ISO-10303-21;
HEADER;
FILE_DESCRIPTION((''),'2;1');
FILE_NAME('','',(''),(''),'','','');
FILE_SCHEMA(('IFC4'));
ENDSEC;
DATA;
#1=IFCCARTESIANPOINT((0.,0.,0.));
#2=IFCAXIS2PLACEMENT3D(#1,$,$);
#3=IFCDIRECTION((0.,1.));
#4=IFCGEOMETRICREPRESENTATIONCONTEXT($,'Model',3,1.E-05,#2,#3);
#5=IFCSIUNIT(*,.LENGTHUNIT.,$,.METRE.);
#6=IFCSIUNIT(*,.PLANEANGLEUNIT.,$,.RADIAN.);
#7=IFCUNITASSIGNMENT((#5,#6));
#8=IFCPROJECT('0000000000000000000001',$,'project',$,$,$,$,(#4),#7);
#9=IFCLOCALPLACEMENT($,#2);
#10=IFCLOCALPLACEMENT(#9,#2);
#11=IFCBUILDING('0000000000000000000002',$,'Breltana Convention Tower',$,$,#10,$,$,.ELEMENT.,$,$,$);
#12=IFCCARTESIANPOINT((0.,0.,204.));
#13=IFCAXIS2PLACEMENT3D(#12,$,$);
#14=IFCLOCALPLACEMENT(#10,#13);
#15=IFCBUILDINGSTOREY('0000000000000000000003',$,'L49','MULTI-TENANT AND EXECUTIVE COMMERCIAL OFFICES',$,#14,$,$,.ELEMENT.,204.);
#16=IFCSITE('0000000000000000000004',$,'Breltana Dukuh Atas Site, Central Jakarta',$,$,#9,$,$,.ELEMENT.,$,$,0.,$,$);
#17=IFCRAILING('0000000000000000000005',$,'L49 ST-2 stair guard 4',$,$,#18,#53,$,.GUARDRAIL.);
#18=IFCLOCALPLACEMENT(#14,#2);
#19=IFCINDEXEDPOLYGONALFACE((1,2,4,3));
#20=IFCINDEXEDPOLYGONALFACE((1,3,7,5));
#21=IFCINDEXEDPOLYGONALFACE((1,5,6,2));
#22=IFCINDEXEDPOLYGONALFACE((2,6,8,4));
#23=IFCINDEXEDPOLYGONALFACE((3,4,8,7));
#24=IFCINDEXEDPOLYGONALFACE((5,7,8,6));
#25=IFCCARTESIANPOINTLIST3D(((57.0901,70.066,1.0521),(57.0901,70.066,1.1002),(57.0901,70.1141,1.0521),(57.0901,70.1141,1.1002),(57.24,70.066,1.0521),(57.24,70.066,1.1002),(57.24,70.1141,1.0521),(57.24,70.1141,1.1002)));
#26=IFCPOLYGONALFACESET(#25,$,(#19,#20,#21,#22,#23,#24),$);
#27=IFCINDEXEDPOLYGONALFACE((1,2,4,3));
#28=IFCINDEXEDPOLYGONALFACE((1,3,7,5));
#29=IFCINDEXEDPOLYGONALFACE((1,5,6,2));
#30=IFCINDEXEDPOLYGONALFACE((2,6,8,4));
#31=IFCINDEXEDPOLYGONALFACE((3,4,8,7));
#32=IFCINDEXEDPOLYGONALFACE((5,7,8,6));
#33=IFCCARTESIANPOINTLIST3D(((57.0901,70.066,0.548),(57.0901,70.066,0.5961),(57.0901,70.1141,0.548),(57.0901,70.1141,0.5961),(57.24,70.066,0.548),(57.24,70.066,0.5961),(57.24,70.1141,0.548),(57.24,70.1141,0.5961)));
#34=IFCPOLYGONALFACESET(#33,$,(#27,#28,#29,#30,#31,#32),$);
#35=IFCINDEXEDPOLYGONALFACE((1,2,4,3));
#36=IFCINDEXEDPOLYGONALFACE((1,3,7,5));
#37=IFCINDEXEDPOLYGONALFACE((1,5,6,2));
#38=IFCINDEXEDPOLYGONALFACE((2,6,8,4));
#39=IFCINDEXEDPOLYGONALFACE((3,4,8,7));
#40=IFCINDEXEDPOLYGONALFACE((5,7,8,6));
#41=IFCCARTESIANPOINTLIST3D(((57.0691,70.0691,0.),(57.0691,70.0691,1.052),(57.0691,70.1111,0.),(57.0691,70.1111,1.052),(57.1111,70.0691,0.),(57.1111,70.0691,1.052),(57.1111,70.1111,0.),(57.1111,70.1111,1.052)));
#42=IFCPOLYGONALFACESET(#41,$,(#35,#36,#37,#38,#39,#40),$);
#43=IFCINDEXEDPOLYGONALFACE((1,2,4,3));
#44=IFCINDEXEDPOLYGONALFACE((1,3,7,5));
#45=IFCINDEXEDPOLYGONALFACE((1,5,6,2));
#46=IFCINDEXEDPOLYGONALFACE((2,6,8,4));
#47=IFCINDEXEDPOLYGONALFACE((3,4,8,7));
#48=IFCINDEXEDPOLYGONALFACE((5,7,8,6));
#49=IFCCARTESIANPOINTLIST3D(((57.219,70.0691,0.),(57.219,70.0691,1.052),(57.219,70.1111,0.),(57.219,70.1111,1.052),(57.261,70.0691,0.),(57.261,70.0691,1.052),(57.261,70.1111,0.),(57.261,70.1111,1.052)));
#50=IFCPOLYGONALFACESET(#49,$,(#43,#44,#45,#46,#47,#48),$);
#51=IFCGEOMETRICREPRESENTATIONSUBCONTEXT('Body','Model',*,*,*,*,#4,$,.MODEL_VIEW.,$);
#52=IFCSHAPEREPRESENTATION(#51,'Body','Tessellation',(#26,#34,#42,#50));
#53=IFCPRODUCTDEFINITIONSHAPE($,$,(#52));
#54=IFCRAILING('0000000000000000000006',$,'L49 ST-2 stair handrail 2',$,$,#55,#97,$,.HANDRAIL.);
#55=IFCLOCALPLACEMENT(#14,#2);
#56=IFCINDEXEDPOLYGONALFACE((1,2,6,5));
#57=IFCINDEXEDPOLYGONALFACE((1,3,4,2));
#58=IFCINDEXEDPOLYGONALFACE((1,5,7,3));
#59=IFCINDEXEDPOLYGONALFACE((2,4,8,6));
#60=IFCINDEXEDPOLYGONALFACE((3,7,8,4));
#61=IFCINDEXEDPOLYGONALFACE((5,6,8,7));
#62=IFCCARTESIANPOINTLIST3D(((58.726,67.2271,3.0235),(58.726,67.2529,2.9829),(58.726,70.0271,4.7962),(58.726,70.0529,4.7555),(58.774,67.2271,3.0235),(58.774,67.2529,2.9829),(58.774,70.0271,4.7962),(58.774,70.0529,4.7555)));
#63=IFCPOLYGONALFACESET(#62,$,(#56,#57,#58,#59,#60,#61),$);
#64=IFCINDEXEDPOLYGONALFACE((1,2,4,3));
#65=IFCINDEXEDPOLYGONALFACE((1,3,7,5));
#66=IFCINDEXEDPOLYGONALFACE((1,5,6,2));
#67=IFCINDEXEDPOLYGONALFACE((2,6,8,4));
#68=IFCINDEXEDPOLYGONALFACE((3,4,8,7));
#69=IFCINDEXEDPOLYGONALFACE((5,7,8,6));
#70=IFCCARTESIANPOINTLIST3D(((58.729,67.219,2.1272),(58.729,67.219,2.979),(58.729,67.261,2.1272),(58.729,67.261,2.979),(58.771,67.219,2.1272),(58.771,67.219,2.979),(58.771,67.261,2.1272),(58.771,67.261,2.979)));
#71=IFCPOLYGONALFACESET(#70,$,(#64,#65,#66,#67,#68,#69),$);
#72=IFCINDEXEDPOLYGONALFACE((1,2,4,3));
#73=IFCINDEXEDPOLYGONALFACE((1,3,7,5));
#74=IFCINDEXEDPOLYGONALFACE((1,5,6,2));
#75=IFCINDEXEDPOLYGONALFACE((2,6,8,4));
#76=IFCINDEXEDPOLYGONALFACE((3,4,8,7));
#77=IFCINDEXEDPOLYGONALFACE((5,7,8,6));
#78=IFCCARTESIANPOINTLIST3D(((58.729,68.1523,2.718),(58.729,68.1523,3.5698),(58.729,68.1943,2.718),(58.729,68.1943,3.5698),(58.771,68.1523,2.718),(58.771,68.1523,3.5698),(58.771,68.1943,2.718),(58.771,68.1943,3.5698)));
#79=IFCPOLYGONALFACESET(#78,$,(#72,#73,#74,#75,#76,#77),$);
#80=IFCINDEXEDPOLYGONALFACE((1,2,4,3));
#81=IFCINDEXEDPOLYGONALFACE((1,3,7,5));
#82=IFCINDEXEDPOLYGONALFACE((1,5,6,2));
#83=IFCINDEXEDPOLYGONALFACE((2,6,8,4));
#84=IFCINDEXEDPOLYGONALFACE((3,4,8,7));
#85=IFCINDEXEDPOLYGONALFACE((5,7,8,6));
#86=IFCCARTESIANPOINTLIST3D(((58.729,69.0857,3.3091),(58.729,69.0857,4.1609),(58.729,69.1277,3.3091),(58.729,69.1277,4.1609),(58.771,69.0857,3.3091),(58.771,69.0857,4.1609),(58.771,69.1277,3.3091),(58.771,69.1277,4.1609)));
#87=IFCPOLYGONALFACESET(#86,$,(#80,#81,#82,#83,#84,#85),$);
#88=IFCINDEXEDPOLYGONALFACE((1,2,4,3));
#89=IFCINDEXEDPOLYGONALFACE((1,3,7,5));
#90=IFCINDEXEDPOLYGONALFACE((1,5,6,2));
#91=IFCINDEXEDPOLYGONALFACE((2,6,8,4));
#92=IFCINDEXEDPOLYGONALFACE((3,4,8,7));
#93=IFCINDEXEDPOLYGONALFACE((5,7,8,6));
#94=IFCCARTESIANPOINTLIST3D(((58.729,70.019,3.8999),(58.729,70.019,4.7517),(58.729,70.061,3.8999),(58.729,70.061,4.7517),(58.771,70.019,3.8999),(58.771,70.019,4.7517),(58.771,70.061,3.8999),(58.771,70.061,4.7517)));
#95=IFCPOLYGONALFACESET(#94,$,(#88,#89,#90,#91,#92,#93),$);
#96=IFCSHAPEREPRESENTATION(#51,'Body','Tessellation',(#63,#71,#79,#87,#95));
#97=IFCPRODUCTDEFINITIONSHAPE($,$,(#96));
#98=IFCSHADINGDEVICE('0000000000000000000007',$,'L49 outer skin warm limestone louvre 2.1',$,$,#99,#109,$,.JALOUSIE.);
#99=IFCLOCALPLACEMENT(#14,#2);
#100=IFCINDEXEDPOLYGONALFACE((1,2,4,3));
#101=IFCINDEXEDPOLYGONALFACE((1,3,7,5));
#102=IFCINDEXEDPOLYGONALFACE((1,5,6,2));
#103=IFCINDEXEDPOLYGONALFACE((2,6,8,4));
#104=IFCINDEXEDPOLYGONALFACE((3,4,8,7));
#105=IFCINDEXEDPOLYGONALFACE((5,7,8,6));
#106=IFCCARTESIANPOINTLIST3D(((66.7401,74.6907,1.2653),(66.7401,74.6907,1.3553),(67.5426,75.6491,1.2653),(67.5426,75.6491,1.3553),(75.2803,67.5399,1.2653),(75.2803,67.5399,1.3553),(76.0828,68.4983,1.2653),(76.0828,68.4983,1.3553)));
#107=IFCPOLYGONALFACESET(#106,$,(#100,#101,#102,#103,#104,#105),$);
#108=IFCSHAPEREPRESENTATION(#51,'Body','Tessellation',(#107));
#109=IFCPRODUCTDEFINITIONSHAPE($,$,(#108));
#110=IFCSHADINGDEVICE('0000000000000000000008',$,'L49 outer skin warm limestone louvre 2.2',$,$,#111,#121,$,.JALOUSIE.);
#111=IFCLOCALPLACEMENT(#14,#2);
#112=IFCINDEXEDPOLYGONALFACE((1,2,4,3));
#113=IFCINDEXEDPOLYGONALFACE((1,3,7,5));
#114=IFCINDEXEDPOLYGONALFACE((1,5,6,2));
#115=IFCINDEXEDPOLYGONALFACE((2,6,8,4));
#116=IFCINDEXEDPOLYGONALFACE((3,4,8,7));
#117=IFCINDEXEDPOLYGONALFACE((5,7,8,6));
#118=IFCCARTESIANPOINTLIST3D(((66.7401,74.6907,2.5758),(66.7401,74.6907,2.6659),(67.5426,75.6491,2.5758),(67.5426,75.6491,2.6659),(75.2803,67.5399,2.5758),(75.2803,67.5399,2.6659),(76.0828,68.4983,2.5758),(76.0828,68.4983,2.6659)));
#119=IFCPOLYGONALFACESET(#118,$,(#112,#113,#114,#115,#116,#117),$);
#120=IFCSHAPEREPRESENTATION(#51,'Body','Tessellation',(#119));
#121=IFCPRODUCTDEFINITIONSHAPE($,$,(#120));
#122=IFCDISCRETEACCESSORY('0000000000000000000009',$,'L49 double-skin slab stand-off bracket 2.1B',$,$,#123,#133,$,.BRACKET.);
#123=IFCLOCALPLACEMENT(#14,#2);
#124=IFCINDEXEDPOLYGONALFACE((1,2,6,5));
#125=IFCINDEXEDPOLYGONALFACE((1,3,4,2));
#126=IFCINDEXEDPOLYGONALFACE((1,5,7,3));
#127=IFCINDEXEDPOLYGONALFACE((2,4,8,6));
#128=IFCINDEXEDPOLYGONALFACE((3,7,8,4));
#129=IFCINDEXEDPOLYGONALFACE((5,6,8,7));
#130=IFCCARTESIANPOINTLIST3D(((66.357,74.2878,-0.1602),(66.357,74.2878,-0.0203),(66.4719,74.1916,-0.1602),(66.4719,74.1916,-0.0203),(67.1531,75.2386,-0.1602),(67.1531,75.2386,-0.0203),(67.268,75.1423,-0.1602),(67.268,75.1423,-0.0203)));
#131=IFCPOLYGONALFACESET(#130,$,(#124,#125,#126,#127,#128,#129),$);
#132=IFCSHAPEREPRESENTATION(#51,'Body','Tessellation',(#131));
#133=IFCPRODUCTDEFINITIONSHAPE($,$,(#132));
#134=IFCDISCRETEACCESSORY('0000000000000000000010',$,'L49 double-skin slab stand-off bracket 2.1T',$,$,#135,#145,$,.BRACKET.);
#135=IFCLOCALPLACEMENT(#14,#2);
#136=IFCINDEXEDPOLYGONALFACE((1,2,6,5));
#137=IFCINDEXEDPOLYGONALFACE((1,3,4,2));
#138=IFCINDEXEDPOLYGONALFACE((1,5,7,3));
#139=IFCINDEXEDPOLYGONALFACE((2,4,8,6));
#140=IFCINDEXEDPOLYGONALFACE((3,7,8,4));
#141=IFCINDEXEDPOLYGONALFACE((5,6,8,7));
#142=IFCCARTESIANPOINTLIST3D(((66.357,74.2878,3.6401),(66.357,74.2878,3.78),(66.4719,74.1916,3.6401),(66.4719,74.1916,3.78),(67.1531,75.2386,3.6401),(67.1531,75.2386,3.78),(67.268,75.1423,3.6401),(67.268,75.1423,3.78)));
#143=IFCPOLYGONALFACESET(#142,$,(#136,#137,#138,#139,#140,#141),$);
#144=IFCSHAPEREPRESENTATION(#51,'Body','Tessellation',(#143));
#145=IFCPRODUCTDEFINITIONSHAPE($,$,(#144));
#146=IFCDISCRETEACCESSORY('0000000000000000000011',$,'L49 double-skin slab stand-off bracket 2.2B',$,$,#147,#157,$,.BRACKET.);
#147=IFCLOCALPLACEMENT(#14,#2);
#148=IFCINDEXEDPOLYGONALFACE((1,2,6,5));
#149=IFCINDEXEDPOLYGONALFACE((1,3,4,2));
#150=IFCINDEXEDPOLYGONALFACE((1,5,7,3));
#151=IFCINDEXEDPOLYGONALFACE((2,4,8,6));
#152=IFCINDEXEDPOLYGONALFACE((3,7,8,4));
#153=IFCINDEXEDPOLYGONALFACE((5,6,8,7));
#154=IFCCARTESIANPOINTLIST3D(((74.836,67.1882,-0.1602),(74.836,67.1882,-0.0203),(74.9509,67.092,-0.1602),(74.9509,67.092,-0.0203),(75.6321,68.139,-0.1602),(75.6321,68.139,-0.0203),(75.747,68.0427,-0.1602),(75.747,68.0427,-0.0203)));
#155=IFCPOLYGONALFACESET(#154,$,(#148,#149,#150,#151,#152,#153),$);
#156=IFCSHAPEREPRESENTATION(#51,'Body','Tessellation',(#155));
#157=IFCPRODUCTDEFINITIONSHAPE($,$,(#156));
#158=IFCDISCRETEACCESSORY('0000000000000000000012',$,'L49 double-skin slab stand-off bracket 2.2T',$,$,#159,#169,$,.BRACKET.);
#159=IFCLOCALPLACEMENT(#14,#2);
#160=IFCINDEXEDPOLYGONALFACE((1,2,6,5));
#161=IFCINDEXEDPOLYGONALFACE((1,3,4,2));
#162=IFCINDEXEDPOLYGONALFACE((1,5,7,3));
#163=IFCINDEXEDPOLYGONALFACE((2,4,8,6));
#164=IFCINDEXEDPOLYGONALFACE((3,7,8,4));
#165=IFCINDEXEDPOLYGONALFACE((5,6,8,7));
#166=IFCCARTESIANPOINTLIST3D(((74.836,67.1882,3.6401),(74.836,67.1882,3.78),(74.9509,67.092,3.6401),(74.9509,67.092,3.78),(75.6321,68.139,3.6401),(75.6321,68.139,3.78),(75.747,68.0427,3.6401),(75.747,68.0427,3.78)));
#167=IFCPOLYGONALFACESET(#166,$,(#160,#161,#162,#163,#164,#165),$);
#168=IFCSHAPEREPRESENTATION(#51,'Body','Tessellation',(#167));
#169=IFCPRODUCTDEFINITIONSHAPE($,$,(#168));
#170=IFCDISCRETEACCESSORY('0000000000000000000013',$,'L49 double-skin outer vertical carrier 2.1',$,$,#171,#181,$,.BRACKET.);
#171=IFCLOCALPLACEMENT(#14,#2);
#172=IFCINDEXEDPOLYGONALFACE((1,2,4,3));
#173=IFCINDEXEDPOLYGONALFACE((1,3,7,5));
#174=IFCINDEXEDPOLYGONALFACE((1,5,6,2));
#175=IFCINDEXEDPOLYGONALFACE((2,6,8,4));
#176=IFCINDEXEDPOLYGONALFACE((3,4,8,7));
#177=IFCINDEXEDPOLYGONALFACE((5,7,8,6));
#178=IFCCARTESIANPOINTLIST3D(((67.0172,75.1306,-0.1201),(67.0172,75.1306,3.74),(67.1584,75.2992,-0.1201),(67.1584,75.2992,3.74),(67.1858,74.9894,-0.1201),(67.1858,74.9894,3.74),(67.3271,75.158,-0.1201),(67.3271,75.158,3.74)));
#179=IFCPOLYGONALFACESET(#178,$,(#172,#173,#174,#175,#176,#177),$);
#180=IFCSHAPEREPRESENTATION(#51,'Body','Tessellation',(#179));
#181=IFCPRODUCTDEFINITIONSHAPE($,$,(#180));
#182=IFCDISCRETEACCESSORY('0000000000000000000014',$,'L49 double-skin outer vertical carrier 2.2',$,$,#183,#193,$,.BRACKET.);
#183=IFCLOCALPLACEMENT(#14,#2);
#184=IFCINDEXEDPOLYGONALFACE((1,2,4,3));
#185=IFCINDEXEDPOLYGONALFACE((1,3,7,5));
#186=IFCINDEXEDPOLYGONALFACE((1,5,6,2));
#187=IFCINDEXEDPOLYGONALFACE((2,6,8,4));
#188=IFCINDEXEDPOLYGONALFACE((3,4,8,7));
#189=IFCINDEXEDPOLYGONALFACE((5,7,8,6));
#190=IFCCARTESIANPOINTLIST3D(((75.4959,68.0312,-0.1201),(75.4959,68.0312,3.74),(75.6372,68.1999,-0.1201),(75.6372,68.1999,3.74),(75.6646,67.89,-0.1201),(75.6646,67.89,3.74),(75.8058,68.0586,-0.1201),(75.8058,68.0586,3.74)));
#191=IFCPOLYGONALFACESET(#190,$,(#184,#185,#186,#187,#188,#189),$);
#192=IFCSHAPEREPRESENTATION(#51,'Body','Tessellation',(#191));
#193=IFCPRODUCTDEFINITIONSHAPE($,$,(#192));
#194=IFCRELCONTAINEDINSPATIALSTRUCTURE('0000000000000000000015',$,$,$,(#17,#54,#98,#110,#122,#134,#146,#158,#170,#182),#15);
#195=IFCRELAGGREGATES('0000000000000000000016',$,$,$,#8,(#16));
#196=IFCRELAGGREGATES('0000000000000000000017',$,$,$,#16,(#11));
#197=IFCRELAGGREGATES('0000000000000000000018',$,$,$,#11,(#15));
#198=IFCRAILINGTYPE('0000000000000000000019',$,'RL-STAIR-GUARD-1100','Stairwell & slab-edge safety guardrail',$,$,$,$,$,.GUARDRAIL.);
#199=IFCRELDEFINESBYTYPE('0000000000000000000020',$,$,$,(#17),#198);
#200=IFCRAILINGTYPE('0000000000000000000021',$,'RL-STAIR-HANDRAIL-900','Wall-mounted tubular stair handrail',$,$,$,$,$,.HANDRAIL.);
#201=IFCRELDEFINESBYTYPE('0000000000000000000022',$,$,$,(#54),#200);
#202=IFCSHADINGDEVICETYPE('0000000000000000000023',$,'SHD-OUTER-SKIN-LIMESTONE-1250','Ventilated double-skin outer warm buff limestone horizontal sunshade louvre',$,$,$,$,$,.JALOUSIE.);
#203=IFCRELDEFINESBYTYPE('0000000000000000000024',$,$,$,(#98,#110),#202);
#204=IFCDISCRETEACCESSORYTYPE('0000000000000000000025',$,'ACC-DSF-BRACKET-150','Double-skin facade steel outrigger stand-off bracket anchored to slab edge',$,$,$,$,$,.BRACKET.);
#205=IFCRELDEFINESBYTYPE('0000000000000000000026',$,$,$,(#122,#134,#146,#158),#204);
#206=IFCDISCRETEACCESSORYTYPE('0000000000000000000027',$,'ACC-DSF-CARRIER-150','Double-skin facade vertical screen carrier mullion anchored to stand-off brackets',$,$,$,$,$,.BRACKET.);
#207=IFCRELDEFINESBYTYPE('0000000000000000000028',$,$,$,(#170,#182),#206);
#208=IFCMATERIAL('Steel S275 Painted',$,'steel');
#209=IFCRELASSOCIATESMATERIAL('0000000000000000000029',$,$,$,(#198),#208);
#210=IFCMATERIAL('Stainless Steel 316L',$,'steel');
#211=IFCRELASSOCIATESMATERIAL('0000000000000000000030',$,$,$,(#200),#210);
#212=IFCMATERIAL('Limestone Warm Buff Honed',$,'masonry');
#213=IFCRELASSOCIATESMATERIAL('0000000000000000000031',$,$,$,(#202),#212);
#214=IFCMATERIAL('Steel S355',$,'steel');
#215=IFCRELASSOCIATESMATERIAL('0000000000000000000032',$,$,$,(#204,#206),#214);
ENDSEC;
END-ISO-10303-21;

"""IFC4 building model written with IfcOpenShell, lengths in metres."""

from ifc_helpers import new_model, si_unit, direction, frame, origin, origin_2d, place, context, subcontext, project, spatial, rectangle, extrude, source, transform, mapped, material, material_profile, profile_set, type_object, type_shapes, element, save


model = new_model("IFC4")

# Units and contexts
model_context = context("Model", 3, precision=1e-05, world=origin(), true_north=direction((0.0, 1.0)))
body_context = subcontext(model_context, "Body", "Model", "MODEL_VIEW")
ifc_project = project(units=[si_unit("LENGTHUNIT", "METRE"), si_unit("PLANEANGLEUNIT", "RADIAN")], contexts=[model_context])

# Site, building, storey
site_placement = place(None, origin())
site = spatial("IfcSite", under=ifc_project, at=site_placement, Name="Breltana Dukuh Atas Site, Central Jakarta", CompositionType="ELEMENT", RefElevation=0.0)
building_placement = place(site_placement, origin())
building = spatial("IfcBuilding", under=site, at=building_placement, Name="Breltana Convention Tower", CompositionType="ELEMENT")
storey_placement = place(building_placement, frame((0.0, 0.0, 204.0)))
storey = spatial("IfcBuildingStorey", under=building, at=storey_placement, Name="L49", Description="MULTI-TENANT AND EXECUTIVE COMMERCIAL OFFICES", CompositionType="ELEMENT", Elevation=204.0)

# Railings
ifc_material_1 = material(Name="Steel S275 Painted", Category="steel")
railing_type_1 = type_object("IfcRailingType", Name="RL-STAIR-GUARD-1100", Description="Stairwell & slab-edge safety guardrail", PredefinedType="GUARDRAIL", material=ifc_material_1)
railing_1_placement = place(storey_placement, frame((57.0901, 70.0901, 0.0)))
element("IfcRailing", 1, at=railing_1_placement, inside=storey, type_object=railing_type_1, Name="L49 ST-2 stair guard 4", PredefinedType="GUARDRAIL", context=body_context, shape_type="SweptSolid", body=[
    extrude(rectangle(XDim=0.0481, YDim=0.0481, at=origin_2d()), frame((0.0, 0.0, 1.0762), z_axis=(1.0, 0.0, 0.0), x_axis=(0.0, 1.0, 0.0)), (0.0, 0.0, 1.0), 0.1499),
    extrude(rectangle(XDim=0.0481, YDim=0.0481, at=origin_2d()), frame((0.0, 0.0, 0.572), z_axis=(1.0, 0.0, 0.0), x_axis=(0.0, 1.0, 0.0)), (0.0, 0.0, 1.0), 0.1499),
    extrude(rectangle(XDim=0.042, YDim=0.042, at=origin_2d()), origin(), (0.0, 0.0, 1.0), 1.052),
    extrude(rectangle(XDim=0.042, YDim=0.042, at=origin_2d()), frame((0.1499, 0.0, 0.0)), (0.0, 0.0, 1.0), 1.052),
])
ifc_material_2 = material(Name="Stainless Steel 316L", Category="steel")
railing_type_2 = type_object("IfcRailingType", Name="RL-STAIR-HANDRAIL-900", Description="Wall-mounted tubular stair handrail", PredefinedType="HANDRAIL", material=ifc_material_2)
railing_2_placement = place(storey_placement, frame((58.75, 67.24, 2.1272)))
element("IfcRailing", 2, at=railing_2_placement, inside=storey, type_object=railing_type_2, Name="L49 ST-2 stair handrail 2", PredefinedType="HANDRAIL", context=body_context, shape_type="SweptSolid", body=[
    extrude(rectangle(XDim=0.0481, YDim=0.0481, at=origin_2d()), frame((0.0, 0.0, 0.876), z_axis=(0.0, 0.844909, 0.53491), x_axis=(-1.0, 0.0, 0.0)), (0.0, 0.0, 1.0), 3.314),
    extrude(rectangle(XDim=0.042, YDim=0.042, at=origin_2d()), origin(), (0.0, 0.0, 1.0), 0.8518),
    extrude(rectangle(XDim=0.042, YDim=0.042, at=origin_2d()), frame((0.0, 0.9333, 0.5908)), (0.0, 0.0, 1.0), 0.8518),
    extrude(rectangle(XDim=0.042, YDim=0.042, at=origin_2d()), frame((0.0, 1.8667, 1.1819)), (0.0, 0.0, 1.0), 0.8518),
    extrude(rectangle(XDim=0.042, YDim=0.042, at=origin_2d()), frame((0.0, 2.8, 1.7727)), (0.0, 0.0, 1.0), 0.8518),
])

# Shading devices
ifc_material_3 = material(Name="Limestone Warm Buff Honed", Category="masonry")
ifc_material_profile_1 = material_profile(ifc_material_3, rectangle(XDim=1.25, YDim=0.0901, at=origin_2d()), Name="STN-LVR-1250X90")
ifc_profile_set_1 = profile_set([ifc_material_profile_1], Name="Limestone Warm Buff Honed")
shading_device_type = type_object("IfcShadingDeviceType", Name="SHD-OUTER-SKIN-LIMESTONE-1250", Description="Ventilated double-skin outer warm buff limestone horizontal sunshade louvre", PredefinedType="JALOUSIE", material=ifc_profile_set_1)
shared_shape_1 = source(origin(), body_context, "Body", "SweptSolid", [
    extrude(rectangle(XDim=1.25, YDim=0.0901, at=origin_2d()), origin(), (0.0, 0.0, 1.0), 11.1387),
])
for number, where, z_axis, x_axis, name in (
    (3, (67.1414, 75.1699, 1.3103), (0.766719, -0.641983, 0.0), (0.641983, 0.766719, 0.0), "L49 outer skin warm limestone louvre 2.1"),
    (4, (67.1414, 75.1699, 2.6208), (0.766719, -0.641983, 0.0), (0.641983, 0.766719, 0.0), "L49 outer skin warm limestone louvre 2.2"),
):
    element("IfcShadingDevice", number, at=place(storey_placement, frame(where, z_axis=z_axis, x_axis=x_axis)), inside=storey, type_object=shading_device_type, Name=name, PredefinedType="JALOUSIE", context=body_context, shape_type="MappedRepresentation", body=[
        mapped(shared_shape_1, transform((0.0, 0.0, 0.0), scale=1.0)),
    ])

# Discrete accessories
ifc_material_4 = material(Name="Steel S355", Category="steel")
discrete_accessory_type_1 = type_object("IfcDiscreteAccessoryType", Name="ACC-DSF-BRACKET-150", Description="Double-skin facade steel outrigger stand-off bracket anchored to slab edge", PredefinedType="BRACKET", material=ifc_material_4)
shared_shape_2 = source(origin(), body_context, "Body", "SweptSolid", [
    extrude(rectangle(XDim=1.24, YDim=0.1499, at=origin_2d()), origin(), (0.0, 0.0, 1.0), 0.1399),
])
type_shapes(discrete_accessory_type_1, [shared_shape_2])
for number, where, z_axis, x_axis, name in (
    (5, (66.8125, 74.7151, -0.1602), (0.0, 0.0, 1.0), (0.641984, 0.766718, 0.0), "L49 double-skin slab stand-off bracket 2.1B"),
    (6, (66.8125, 74.7151, 3.6401), (0.0, 0.0, 1.0), (0.641984, 0.766718, 0.0), "L49 double-skin slab stand-off bracket 2.1T"),
    (7, (75.2915, 67.6155, -0.1602), (0.0, 0.0, 1.0), (0.641984, 0.766718, 0.0), "L49 double-skin slab stand-off bracket 2.2B"),
    (8, (75.2915, 67.6155, 3.6401), (0.0, 0.0, 1.0), (0.641984, 0.766718, 0.0), "L49 double-skin slab stand-off bracket 2.2T"),
):
    element("IfcDiscreteAccessory", number, at=place(storey_placement, frame(where, z_axis=z_axis, x_axis=x_axis)), inside=storey, type_object=discrete_accessory_type_1, Name=name, PredefinedType="BRACKET", context=body_context, shape_type="MappedRepresentation", body=[
        mapped(shared_shape_2, transform((0.0, 0.0, 0.0), scale=1.0)),
    ])
discrete_accessory_type_2 = type_object("IfcDiscreteAccessoryType", Name="ACC-DSF-CARRIER-150", Description="Double-skin facade vertical screen carrier mullion anchored to stand-off brackets", PredefinedType="BRACKET", material=ifc_material_4)
shared_shape_3 = source(origin(), body_context, "Body", "SweptSolid", [
    extrude(rectangle(XDim=0.22, YDim=0.22, at=origin_2d()), origin(), (0.0, 0.0, 1.0), 3.8601),
])
for number, where, z_axis, x_axis, name in (
    (9, (67.1721, 75.1443, -0.1201), (0.0, 0.0, 1.0), (0.641984, 0.766718, 0.0), "L49 double-skin outer vertical carrier 2.1"),
    (10, (75.6509, 68.0449, -0.1201), (0.0, 0.0, 1.0), (0.641984, 0.766718, 0.0), "L49 double-skin outer vertical carrier 2.2"),
):
    element("IfcDiscreteAccessory", number, at=place(storey_placement, frame(where, z_axis=z_axis, x_axis=x_axis)), inside=storey, type_object=discrete_accessory_type_2, Name=name, PredefinedType="BRACKET", context=body_context, shape_type="MappedRepresentation", body=[
        mapped(shared_shape_3, transform((0.0, 0.0, 0.0), scale=1.0)),
    ])

save(model, "model.ifc")
